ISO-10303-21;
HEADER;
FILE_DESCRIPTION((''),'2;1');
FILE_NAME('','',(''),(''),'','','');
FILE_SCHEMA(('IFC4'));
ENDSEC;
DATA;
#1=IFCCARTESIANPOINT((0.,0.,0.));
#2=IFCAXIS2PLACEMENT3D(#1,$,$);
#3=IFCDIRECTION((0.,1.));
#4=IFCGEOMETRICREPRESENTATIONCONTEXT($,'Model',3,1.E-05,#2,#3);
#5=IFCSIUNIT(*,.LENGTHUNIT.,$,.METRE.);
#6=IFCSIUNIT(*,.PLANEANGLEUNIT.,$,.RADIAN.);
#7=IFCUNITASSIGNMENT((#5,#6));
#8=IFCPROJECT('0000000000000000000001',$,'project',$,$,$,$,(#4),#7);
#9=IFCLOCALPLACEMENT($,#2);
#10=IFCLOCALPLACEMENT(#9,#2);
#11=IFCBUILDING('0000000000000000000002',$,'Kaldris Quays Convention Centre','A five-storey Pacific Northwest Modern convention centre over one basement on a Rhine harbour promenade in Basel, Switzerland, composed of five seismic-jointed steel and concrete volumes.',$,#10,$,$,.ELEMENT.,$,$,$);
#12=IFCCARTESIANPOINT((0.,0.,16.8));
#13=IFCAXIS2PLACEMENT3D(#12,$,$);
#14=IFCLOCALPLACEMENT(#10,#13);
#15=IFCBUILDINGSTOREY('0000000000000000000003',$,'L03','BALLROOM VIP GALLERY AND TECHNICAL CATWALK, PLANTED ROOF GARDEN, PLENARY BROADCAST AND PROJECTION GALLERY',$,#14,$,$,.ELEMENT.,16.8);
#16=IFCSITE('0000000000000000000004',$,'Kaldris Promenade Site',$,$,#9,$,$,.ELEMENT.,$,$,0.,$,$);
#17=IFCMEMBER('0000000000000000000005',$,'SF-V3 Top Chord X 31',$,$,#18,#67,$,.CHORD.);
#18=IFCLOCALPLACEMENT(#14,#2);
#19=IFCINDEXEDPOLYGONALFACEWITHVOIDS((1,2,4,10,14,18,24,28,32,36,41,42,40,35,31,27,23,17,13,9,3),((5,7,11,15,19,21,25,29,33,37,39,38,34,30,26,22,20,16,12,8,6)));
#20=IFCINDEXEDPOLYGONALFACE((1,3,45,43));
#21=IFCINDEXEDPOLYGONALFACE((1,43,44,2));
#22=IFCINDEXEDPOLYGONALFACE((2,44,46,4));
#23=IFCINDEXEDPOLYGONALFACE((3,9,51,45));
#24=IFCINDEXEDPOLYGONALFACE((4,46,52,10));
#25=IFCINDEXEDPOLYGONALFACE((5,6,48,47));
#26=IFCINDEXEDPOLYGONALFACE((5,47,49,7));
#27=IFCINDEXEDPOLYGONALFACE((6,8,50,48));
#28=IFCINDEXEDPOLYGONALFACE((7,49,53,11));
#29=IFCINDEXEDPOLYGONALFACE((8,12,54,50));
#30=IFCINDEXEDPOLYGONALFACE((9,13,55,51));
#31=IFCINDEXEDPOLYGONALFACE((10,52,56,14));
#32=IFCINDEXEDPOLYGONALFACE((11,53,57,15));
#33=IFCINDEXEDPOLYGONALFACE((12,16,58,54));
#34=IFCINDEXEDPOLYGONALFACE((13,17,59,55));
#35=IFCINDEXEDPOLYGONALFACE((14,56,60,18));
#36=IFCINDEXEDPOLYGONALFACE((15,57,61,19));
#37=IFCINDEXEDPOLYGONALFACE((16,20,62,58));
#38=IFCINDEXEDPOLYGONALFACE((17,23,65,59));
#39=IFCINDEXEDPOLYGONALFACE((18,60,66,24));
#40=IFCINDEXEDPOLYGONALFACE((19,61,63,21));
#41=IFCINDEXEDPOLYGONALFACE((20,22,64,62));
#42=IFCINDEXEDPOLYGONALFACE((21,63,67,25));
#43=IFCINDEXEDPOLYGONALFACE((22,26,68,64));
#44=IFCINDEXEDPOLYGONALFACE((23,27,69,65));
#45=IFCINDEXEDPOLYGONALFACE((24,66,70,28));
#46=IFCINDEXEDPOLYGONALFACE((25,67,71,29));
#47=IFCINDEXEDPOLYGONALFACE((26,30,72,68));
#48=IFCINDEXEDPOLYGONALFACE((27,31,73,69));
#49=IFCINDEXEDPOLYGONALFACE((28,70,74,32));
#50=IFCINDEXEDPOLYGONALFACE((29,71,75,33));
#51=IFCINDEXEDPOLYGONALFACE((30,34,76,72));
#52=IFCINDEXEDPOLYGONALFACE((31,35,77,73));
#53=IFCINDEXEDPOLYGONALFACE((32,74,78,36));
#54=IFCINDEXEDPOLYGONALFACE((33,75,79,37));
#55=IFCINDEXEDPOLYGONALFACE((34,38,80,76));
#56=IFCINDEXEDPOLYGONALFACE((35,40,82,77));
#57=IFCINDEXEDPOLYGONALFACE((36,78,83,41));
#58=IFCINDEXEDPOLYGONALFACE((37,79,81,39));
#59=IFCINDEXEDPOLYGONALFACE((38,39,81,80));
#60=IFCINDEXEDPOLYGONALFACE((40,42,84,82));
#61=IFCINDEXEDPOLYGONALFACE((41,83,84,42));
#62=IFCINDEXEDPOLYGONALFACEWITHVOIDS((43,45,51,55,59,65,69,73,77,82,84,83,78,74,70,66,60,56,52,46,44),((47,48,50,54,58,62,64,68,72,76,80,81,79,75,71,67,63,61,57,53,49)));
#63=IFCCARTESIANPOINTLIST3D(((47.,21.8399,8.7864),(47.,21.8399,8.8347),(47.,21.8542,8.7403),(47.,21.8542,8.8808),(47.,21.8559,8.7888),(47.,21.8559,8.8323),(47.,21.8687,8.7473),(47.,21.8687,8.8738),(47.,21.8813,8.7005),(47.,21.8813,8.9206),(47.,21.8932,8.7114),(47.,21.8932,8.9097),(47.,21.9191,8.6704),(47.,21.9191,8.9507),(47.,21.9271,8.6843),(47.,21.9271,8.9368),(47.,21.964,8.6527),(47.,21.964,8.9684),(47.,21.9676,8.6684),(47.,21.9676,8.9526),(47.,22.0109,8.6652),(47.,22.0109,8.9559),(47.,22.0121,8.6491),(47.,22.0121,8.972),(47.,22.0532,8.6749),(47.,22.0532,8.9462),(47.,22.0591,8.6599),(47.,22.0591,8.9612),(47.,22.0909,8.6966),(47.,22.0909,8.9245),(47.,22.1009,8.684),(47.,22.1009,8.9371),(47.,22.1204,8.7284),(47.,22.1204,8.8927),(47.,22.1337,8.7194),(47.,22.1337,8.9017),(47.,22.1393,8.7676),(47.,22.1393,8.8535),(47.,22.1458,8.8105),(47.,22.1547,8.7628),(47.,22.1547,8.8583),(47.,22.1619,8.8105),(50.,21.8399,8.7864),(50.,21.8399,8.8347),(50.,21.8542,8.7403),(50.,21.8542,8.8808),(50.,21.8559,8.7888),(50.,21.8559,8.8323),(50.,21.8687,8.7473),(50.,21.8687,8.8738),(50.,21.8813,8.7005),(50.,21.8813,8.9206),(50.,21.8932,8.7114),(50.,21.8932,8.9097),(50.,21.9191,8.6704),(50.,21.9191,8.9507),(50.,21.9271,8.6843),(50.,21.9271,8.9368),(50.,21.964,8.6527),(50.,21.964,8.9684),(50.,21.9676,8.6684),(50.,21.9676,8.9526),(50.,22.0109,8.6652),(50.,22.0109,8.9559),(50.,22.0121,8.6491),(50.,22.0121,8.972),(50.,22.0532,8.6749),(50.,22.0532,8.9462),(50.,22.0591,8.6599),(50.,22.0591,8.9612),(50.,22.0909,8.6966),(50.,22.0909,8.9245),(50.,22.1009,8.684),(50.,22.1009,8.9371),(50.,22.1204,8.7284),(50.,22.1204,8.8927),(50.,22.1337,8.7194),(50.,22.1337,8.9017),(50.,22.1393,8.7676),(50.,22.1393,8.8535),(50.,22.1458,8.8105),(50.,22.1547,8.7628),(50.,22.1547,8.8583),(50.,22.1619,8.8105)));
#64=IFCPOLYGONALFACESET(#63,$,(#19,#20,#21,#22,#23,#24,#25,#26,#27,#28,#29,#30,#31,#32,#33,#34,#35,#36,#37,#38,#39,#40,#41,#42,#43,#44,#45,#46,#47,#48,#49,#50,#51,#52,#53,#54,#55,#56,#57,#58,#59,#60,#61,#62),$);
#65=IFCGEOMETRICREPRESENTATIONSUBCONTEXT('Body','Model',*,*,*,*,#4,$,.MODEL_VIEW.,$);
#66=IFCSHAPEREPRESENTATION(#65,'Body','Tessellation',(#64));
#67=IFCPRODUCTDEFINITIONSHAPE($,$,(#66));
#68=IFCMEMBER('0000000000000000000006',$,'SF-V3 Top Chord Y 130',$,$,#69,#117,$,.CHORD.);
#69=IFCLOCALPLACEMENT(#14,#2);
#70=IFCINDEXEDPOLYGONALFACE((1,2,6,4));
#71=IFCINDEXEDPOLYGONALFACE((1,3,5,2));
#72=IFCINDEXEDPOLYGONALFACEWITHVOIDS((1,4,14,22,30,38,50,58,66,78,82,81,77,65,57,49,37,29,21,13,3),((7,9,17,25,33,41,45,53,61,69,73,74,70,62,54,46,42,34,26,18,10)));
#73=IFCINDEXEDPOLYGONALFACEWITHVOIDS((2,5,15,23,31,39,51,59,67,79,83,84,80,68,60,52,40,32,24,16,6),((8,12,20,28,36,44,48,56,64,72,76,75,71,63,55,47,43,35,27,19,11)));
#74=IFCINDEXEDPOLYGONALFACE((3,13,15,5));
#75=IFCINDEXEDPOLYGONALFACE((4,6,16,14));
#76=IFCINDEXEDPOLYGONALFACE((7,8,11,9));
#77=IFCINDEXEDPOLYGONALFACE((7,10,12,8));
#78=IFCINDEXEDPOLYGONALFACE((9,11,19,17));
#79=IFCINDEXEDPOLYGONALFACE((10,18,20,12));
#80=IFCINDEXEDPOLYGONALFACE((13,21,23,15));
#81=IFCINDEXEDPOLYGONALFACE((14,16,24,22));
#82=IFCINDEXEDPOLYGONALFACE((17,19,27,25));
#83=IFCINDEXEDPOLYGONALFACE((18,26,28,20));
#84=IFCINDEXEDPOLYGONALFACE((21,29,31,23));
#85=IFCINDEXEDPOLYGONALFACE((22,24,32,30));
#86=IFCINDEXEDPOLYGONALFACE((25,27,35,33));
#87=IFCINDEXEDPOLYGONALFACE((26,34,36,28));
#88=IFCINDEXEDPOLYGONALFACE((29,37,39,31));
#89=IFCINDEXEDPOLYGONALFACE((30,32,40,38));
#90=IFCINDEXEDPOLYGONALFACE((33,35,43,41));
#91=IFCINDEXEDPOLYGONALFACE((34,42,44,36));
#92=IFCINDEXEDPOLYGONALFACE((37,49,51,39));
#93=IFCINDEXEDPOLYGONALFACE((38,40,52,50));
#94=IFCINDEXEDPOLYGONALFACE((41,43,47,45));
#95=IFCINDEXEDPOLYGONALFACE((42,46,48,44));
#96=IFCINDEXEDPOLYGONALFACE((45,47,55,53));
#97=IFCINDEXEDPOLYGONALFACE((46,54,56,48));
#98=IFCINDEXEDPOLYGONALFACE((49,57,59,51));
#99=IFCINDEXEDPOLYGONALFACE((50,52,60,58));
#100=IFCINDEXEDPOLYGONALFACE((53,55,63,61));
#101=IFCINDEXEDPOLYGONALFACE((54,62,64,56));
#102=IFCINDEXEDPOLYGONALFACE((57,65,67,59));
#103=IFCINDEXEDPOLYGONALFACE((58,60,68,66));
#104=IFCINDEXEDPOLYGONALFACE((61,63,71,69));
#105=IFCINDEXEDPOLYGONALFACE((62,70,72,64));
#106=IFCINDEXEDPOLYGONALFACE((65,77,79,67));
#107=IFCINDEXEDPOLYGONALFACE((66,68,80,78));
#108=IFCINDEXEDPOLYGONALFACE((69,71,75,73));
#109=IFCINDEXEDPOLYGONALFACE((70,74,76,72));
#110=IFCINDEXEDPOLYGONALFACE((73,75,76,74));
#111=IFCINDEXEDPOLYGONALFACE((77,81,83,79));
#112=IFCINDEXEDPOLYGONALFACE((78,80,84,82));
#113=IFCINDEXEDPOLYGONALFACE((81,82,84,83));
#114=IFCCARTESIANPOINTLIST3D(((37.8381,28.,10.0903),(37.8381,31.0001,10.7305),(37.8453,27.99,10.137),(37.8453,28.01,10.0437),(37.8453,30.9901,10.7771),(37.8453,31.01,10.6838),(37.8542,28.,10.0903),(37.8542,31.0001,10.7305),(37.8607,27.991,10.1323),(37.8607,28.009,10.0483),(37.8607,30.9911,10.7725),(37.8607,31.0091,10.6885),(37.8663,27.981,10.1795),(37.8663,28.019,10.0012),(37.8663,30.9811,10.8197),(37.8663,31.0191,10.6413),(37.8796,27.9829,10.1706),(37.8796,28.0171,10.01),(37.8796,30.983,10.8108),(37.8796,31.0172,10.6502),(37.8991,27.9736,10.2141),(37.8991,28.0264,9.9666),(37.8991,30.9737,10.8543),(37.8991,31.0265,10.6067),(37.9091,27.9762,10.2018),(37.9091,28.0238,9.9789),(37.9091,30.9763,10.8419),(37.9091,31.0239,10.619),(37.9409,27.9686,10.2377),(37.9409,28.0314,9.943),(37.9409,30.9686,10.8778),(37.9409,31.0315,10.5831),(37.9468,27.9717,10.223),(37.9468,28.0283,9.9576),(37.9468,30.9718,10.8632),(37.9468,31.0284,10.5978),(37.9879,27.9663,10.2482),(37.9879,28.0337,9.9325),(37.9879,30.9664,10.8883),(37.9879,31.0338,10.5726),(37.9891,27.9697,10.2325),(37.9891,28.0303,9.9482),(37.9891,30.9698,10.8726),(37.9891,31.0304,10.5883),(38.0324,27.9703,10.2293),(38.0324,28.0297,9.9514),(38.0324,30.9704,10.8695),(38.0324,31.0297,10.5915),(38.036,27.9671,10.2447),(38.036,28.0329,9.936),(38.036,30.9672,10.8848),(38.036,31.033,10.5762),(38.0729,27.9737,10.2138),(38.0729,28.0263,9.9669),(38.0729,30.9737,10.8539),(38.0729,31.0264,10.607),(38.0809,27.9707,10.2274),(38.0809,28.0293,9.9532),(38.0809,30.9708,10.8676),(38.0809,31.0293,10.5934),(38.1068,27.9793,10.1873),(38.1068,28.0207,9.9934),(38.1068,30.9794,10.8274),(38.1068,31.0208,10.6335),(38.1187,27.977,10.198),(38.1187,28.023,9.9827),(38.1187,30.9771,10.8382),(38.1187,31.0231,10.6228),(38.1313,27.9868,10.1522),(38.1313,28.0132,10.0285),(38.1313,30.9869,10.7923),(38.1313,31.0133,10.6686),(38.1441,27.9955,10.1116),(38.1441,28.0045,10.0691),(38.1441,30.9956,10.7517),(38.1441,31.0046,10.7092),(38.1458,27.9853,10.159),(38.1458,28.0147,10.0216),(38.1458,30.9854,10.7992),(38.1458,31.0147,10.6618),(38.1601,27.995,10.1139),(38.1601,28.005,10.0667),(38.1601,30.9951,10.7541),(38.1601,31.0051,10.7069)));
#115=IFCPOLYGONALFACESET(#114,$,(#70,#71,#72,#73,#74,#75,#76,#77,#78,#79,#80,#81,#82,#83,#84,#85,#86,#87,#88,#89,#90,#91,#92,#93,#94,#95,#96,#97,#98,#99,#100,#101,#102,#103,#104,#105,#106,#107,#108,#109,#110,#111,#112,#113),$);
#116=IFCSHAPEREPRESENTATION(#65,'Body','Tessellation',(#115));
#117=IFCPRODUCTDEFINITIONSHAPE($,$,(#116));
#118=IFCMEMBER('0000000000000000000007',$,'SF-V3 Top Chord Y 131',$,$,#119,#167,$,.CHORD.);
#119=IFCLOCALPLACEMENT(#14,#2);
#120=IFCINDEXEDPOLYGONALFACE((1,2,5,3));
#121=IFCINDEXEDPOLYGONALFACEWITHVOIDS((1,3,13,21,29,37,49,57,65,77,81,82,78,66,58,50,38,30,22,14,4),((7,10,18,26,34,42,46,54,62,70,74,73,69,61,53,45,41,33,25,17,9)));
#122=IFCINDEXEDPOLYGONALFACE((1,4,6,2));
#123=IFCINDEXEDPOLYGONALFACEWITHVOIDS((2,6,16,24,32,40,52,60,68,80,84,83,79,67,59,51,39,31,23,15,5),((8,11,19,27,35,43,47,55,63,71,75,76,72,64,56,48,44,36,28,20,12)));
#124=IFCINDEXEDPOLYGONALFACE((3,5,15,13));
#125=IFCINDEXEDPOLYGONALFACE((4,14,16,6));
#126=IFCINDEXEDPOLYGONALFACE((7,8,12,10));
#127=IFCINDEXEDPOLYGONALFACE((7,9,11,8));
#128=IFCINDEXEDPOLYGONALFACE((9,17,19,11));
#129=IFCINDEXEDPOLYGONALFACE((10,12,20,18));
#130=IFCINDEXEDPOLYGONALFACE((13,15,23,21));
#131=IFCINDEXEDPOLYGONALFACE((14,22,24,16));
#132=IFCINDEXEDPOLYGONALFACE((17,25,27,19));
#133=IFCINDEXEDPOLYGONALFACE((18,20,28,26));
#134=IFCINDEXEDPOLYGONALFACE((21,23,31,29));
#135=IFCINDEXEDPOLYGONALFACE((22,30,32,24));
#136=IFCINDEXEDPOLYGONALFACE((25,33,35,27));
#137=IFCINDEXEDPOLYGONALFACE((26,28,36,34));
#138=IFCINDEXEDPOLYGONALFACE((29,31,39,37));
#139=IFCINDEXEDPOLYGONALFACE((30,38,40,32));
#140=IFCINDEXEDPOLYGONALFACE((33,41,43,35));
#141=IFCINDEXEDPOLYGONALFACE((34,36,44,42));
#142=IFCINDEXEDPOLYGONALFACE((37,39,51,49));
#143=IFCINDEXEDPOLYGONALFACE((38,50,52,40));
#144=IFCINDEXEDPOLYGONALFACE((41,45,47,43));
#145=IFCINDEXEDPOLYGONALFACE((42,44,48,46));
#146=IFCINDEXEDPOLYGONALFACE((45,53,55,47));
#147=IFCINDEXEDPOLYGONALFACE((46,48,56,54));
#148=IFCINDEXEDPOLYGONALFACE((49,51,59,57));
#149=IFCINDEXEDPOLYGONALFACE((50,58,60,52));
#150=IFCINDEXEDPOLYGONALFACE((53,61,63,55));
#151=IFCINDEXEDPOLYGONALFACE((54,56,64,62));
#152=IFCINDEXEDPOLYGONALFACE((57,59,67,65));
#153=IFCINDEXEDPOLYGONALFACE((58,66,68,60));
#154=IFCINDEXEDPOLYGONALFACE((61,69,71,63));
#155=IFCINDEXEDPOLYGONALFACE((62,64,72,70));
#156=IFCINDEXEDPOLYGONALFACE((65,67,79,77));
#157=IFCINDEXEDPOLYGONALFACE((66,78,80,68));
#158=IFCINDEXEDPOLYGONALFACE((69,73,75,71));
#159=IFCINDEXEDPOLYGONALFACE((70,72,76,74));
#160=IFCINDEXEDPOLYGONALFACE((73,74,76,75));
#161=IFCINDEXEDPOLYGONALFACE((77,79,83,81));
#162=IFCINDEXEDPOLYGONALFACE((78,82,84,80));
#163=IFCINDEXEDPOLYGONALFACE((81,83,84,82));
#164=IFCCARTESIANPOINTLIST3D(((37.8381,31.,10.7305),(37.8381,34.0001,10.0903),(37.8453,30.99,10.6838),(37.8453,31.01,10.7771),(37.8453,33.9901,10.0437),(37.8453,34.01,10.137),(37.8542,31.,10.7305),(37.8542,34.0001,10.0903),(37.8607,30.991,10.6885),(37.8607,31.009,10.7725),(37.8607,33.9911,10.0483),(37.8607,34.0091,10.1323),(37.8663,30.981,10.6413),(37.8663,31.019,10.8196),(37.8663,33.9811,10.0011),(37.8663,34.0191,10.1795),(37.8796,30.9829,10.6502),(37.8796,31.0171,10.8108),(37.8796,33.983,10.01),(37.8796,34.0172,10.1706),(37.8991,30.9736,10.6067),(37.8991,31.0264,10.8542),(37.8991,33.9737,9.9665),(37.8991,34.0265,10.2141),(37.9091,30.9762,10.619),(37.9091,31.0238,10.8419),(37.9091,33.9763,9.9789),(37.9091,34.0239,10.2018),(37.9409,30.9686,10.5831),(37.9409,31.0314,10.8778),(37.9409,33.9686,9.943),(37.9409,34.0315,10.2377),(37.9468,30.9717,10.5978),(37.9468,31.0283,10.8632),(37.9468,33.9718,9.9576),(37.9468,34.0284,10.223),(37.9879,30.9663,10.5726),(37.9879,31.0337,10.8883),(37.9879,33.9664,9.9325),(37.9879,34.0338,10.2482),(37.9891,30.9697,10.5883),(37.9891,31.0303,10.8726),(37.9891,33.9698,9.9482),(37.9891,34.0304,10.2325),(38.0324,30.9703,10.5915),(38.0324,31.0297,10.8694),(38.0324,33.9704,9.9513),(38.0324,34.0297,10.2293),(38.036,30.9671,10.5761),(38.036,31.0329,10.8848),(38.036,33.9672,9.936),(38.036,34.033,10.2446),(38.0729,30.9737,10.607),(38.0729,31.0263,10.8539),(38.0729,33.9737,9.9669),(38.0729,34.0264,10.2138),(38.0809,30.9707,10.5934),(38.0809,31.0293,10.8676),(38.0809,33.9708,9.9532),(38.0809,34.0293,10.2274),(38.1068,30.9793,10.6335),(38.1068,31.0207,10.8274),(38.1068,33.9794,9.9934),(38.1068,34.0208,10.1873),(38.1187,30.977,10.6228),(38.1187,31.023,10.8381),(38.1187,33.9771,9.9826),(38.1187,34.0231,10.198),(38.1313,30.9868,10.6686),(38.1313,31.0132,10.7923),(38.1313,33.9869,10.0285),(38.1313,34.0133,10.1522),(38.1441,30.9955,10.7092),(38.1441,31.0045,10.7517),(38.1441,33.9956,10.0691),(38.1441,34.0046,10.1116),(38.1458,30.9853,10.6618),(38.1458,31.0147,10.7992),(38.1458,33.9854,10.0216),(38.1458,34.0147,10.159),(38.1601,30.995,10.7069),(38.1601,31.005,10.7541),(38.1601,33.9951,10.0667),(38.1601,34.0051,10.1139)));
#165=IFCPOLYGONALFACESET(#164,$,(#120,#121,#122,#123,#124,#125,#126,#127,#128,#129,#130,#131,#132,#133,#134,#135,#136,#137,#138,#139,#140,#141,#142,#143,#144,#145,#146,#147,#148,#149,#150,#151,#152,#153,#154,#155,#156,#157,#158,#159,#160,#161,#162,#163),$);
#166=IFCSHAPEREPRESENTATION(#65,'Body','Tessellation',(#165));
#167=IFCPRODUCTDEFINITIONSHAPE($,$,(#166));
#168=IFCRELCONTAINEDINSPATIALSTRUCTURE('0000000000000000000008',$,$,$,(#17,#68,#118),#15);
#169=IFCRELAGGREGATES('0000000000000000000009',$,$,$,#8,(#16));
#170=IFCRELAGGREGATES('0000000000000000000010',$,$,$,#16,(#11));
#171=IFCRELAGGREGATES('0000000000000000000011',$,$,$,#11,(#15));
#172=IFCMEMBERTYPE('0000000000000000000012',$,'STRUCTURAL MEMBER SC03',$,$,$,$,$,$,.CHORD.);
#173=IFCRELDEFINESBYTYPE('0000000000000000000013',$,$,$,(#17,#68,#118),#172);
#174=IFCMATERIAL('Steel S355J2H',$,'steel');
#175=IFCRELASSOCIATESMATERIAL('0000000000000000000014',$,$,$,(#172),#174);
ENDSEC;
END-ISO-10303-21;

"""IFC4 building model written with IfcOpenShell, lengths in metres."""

from ifc_helpers import new_model, si_unit, direction, frame, origin, origin_2d, place, context, subcontext, project, spatial, hollow_circle, extrude, material, material_profile, profile_set, type_object, element, save


model = new_model("IFC4")

# Units and contexts
model_context = context("Model", 3, precision=1e-05, world=origin(), true_north=direction((0.0, 1.0)))
body_context = subcontext(model_context, "Body", "Model", "MODEL_VIEW")
ifc_project = project(units=[si_unit("LENGTHUNIT", "METRE"), si_unit("PLANEANGLEUNIT", "RADIAN")], contexts=[model_context])

# Site, building, storey
site_placement = place(None, origin())
site = spatial("IfcSite", under=ifc_project, at=site_placement, Name="Kaldris Promenade Site", CompositionType="ELEMENT", RefElevation=0.0)
building_placement = place(site_placement, origin())
building = spatial("IfcBuilding", under=site, at=building_placement, Name="Kaldris Quays Convention Centre", Description="A five-storey Pacific Northwest Modern convention centre over one basement on a Rhine harbour promenade in Basel, Switzerland, composed of five seismic-jointed steel and concrete volumes.", CompositionType="ELEMENT")
storey_placement = place(building_placement, frame((0.0, 0.0, 16.8)))
storey = spatial("IfcBuildingStorey", under=building, at=storey_placement, Name="L03", Description="BALLROOM VIP GALLERY AND TECHNICAL CATWALK, PLANTED ROOF GARDEN, PLENARY BROADCAST AND PROJECTION GALLERY", CompositionType="ELEMENT", Elevation=16.8)

# Members
ifc_material_1 = material(Name="Steel S355J2H", Category="steel")
ifc_material_profile_1 = material_profile(ifc_material_1, hollow_circle(Radius=0.1619, WallThickness=0.0161, at=origin_2d()), Name="CHS 323.9x16")
ifc_profile_set_1 = profile_set([ifc_material_profile_1], Name="Steel S355J2H")
member_type_1 = type_object("IfcMemberType", Name="STRUCTURAL MEMBER SC03", PredefinedType="CHORD", material=ifc_profile_set_1)
member_1_placement = place(storey_placement, frame((47.0, 22.0, 8.8105), z_axis=(1.0, 0.0, 0.0), x_axis=(0.0, 1.0, 0.0)))
element("IfcMember", 1, at=member_1_placement, inside=storey, type_object=member_type_1, Name="SF-V3 Top Chord X 31", PredefinedType="CHORD", context=body_context, shape_type="SweptSolid", body=[
    extrude(hollow_circle(Radius=0.1619, WallThickness=0.0161, at=origin_2d()), origin(), (0.0, 0.0, 1.0), 3.0),
])
for number, where, z_axis, x_axis, name in (
    (2, (38.0, 28.0, 10.0903), (0.0, 0.977984, 0.208681), (-1.0, 0.0, 0.0), "SF-V3 Top Chord Y 130"),
    (3, (38.0, 31.0, 10.7305), (0.0, 0.977984, -0.208681), (-1.0, 0.0, 0.0), "SF-V3 Top Chord Y 131"),
):
    element("IfcMember", number, at=place(storey_placement, frame(where, z_axis=z_axis, x_axis=x_axis)), inside=storey, type_object=member_type_1, Name=name, PredefinedType="CHORD", context=body_context, shape_type="SweptSolid", body=[
        extrude(hollow_circle(Radius=0.1619, WallThickness=0.0161, at=origin_2d()), origin(), (0.0, 0.0, 1.0), 3.0676),
    ])

save(model, "model.ifc")
